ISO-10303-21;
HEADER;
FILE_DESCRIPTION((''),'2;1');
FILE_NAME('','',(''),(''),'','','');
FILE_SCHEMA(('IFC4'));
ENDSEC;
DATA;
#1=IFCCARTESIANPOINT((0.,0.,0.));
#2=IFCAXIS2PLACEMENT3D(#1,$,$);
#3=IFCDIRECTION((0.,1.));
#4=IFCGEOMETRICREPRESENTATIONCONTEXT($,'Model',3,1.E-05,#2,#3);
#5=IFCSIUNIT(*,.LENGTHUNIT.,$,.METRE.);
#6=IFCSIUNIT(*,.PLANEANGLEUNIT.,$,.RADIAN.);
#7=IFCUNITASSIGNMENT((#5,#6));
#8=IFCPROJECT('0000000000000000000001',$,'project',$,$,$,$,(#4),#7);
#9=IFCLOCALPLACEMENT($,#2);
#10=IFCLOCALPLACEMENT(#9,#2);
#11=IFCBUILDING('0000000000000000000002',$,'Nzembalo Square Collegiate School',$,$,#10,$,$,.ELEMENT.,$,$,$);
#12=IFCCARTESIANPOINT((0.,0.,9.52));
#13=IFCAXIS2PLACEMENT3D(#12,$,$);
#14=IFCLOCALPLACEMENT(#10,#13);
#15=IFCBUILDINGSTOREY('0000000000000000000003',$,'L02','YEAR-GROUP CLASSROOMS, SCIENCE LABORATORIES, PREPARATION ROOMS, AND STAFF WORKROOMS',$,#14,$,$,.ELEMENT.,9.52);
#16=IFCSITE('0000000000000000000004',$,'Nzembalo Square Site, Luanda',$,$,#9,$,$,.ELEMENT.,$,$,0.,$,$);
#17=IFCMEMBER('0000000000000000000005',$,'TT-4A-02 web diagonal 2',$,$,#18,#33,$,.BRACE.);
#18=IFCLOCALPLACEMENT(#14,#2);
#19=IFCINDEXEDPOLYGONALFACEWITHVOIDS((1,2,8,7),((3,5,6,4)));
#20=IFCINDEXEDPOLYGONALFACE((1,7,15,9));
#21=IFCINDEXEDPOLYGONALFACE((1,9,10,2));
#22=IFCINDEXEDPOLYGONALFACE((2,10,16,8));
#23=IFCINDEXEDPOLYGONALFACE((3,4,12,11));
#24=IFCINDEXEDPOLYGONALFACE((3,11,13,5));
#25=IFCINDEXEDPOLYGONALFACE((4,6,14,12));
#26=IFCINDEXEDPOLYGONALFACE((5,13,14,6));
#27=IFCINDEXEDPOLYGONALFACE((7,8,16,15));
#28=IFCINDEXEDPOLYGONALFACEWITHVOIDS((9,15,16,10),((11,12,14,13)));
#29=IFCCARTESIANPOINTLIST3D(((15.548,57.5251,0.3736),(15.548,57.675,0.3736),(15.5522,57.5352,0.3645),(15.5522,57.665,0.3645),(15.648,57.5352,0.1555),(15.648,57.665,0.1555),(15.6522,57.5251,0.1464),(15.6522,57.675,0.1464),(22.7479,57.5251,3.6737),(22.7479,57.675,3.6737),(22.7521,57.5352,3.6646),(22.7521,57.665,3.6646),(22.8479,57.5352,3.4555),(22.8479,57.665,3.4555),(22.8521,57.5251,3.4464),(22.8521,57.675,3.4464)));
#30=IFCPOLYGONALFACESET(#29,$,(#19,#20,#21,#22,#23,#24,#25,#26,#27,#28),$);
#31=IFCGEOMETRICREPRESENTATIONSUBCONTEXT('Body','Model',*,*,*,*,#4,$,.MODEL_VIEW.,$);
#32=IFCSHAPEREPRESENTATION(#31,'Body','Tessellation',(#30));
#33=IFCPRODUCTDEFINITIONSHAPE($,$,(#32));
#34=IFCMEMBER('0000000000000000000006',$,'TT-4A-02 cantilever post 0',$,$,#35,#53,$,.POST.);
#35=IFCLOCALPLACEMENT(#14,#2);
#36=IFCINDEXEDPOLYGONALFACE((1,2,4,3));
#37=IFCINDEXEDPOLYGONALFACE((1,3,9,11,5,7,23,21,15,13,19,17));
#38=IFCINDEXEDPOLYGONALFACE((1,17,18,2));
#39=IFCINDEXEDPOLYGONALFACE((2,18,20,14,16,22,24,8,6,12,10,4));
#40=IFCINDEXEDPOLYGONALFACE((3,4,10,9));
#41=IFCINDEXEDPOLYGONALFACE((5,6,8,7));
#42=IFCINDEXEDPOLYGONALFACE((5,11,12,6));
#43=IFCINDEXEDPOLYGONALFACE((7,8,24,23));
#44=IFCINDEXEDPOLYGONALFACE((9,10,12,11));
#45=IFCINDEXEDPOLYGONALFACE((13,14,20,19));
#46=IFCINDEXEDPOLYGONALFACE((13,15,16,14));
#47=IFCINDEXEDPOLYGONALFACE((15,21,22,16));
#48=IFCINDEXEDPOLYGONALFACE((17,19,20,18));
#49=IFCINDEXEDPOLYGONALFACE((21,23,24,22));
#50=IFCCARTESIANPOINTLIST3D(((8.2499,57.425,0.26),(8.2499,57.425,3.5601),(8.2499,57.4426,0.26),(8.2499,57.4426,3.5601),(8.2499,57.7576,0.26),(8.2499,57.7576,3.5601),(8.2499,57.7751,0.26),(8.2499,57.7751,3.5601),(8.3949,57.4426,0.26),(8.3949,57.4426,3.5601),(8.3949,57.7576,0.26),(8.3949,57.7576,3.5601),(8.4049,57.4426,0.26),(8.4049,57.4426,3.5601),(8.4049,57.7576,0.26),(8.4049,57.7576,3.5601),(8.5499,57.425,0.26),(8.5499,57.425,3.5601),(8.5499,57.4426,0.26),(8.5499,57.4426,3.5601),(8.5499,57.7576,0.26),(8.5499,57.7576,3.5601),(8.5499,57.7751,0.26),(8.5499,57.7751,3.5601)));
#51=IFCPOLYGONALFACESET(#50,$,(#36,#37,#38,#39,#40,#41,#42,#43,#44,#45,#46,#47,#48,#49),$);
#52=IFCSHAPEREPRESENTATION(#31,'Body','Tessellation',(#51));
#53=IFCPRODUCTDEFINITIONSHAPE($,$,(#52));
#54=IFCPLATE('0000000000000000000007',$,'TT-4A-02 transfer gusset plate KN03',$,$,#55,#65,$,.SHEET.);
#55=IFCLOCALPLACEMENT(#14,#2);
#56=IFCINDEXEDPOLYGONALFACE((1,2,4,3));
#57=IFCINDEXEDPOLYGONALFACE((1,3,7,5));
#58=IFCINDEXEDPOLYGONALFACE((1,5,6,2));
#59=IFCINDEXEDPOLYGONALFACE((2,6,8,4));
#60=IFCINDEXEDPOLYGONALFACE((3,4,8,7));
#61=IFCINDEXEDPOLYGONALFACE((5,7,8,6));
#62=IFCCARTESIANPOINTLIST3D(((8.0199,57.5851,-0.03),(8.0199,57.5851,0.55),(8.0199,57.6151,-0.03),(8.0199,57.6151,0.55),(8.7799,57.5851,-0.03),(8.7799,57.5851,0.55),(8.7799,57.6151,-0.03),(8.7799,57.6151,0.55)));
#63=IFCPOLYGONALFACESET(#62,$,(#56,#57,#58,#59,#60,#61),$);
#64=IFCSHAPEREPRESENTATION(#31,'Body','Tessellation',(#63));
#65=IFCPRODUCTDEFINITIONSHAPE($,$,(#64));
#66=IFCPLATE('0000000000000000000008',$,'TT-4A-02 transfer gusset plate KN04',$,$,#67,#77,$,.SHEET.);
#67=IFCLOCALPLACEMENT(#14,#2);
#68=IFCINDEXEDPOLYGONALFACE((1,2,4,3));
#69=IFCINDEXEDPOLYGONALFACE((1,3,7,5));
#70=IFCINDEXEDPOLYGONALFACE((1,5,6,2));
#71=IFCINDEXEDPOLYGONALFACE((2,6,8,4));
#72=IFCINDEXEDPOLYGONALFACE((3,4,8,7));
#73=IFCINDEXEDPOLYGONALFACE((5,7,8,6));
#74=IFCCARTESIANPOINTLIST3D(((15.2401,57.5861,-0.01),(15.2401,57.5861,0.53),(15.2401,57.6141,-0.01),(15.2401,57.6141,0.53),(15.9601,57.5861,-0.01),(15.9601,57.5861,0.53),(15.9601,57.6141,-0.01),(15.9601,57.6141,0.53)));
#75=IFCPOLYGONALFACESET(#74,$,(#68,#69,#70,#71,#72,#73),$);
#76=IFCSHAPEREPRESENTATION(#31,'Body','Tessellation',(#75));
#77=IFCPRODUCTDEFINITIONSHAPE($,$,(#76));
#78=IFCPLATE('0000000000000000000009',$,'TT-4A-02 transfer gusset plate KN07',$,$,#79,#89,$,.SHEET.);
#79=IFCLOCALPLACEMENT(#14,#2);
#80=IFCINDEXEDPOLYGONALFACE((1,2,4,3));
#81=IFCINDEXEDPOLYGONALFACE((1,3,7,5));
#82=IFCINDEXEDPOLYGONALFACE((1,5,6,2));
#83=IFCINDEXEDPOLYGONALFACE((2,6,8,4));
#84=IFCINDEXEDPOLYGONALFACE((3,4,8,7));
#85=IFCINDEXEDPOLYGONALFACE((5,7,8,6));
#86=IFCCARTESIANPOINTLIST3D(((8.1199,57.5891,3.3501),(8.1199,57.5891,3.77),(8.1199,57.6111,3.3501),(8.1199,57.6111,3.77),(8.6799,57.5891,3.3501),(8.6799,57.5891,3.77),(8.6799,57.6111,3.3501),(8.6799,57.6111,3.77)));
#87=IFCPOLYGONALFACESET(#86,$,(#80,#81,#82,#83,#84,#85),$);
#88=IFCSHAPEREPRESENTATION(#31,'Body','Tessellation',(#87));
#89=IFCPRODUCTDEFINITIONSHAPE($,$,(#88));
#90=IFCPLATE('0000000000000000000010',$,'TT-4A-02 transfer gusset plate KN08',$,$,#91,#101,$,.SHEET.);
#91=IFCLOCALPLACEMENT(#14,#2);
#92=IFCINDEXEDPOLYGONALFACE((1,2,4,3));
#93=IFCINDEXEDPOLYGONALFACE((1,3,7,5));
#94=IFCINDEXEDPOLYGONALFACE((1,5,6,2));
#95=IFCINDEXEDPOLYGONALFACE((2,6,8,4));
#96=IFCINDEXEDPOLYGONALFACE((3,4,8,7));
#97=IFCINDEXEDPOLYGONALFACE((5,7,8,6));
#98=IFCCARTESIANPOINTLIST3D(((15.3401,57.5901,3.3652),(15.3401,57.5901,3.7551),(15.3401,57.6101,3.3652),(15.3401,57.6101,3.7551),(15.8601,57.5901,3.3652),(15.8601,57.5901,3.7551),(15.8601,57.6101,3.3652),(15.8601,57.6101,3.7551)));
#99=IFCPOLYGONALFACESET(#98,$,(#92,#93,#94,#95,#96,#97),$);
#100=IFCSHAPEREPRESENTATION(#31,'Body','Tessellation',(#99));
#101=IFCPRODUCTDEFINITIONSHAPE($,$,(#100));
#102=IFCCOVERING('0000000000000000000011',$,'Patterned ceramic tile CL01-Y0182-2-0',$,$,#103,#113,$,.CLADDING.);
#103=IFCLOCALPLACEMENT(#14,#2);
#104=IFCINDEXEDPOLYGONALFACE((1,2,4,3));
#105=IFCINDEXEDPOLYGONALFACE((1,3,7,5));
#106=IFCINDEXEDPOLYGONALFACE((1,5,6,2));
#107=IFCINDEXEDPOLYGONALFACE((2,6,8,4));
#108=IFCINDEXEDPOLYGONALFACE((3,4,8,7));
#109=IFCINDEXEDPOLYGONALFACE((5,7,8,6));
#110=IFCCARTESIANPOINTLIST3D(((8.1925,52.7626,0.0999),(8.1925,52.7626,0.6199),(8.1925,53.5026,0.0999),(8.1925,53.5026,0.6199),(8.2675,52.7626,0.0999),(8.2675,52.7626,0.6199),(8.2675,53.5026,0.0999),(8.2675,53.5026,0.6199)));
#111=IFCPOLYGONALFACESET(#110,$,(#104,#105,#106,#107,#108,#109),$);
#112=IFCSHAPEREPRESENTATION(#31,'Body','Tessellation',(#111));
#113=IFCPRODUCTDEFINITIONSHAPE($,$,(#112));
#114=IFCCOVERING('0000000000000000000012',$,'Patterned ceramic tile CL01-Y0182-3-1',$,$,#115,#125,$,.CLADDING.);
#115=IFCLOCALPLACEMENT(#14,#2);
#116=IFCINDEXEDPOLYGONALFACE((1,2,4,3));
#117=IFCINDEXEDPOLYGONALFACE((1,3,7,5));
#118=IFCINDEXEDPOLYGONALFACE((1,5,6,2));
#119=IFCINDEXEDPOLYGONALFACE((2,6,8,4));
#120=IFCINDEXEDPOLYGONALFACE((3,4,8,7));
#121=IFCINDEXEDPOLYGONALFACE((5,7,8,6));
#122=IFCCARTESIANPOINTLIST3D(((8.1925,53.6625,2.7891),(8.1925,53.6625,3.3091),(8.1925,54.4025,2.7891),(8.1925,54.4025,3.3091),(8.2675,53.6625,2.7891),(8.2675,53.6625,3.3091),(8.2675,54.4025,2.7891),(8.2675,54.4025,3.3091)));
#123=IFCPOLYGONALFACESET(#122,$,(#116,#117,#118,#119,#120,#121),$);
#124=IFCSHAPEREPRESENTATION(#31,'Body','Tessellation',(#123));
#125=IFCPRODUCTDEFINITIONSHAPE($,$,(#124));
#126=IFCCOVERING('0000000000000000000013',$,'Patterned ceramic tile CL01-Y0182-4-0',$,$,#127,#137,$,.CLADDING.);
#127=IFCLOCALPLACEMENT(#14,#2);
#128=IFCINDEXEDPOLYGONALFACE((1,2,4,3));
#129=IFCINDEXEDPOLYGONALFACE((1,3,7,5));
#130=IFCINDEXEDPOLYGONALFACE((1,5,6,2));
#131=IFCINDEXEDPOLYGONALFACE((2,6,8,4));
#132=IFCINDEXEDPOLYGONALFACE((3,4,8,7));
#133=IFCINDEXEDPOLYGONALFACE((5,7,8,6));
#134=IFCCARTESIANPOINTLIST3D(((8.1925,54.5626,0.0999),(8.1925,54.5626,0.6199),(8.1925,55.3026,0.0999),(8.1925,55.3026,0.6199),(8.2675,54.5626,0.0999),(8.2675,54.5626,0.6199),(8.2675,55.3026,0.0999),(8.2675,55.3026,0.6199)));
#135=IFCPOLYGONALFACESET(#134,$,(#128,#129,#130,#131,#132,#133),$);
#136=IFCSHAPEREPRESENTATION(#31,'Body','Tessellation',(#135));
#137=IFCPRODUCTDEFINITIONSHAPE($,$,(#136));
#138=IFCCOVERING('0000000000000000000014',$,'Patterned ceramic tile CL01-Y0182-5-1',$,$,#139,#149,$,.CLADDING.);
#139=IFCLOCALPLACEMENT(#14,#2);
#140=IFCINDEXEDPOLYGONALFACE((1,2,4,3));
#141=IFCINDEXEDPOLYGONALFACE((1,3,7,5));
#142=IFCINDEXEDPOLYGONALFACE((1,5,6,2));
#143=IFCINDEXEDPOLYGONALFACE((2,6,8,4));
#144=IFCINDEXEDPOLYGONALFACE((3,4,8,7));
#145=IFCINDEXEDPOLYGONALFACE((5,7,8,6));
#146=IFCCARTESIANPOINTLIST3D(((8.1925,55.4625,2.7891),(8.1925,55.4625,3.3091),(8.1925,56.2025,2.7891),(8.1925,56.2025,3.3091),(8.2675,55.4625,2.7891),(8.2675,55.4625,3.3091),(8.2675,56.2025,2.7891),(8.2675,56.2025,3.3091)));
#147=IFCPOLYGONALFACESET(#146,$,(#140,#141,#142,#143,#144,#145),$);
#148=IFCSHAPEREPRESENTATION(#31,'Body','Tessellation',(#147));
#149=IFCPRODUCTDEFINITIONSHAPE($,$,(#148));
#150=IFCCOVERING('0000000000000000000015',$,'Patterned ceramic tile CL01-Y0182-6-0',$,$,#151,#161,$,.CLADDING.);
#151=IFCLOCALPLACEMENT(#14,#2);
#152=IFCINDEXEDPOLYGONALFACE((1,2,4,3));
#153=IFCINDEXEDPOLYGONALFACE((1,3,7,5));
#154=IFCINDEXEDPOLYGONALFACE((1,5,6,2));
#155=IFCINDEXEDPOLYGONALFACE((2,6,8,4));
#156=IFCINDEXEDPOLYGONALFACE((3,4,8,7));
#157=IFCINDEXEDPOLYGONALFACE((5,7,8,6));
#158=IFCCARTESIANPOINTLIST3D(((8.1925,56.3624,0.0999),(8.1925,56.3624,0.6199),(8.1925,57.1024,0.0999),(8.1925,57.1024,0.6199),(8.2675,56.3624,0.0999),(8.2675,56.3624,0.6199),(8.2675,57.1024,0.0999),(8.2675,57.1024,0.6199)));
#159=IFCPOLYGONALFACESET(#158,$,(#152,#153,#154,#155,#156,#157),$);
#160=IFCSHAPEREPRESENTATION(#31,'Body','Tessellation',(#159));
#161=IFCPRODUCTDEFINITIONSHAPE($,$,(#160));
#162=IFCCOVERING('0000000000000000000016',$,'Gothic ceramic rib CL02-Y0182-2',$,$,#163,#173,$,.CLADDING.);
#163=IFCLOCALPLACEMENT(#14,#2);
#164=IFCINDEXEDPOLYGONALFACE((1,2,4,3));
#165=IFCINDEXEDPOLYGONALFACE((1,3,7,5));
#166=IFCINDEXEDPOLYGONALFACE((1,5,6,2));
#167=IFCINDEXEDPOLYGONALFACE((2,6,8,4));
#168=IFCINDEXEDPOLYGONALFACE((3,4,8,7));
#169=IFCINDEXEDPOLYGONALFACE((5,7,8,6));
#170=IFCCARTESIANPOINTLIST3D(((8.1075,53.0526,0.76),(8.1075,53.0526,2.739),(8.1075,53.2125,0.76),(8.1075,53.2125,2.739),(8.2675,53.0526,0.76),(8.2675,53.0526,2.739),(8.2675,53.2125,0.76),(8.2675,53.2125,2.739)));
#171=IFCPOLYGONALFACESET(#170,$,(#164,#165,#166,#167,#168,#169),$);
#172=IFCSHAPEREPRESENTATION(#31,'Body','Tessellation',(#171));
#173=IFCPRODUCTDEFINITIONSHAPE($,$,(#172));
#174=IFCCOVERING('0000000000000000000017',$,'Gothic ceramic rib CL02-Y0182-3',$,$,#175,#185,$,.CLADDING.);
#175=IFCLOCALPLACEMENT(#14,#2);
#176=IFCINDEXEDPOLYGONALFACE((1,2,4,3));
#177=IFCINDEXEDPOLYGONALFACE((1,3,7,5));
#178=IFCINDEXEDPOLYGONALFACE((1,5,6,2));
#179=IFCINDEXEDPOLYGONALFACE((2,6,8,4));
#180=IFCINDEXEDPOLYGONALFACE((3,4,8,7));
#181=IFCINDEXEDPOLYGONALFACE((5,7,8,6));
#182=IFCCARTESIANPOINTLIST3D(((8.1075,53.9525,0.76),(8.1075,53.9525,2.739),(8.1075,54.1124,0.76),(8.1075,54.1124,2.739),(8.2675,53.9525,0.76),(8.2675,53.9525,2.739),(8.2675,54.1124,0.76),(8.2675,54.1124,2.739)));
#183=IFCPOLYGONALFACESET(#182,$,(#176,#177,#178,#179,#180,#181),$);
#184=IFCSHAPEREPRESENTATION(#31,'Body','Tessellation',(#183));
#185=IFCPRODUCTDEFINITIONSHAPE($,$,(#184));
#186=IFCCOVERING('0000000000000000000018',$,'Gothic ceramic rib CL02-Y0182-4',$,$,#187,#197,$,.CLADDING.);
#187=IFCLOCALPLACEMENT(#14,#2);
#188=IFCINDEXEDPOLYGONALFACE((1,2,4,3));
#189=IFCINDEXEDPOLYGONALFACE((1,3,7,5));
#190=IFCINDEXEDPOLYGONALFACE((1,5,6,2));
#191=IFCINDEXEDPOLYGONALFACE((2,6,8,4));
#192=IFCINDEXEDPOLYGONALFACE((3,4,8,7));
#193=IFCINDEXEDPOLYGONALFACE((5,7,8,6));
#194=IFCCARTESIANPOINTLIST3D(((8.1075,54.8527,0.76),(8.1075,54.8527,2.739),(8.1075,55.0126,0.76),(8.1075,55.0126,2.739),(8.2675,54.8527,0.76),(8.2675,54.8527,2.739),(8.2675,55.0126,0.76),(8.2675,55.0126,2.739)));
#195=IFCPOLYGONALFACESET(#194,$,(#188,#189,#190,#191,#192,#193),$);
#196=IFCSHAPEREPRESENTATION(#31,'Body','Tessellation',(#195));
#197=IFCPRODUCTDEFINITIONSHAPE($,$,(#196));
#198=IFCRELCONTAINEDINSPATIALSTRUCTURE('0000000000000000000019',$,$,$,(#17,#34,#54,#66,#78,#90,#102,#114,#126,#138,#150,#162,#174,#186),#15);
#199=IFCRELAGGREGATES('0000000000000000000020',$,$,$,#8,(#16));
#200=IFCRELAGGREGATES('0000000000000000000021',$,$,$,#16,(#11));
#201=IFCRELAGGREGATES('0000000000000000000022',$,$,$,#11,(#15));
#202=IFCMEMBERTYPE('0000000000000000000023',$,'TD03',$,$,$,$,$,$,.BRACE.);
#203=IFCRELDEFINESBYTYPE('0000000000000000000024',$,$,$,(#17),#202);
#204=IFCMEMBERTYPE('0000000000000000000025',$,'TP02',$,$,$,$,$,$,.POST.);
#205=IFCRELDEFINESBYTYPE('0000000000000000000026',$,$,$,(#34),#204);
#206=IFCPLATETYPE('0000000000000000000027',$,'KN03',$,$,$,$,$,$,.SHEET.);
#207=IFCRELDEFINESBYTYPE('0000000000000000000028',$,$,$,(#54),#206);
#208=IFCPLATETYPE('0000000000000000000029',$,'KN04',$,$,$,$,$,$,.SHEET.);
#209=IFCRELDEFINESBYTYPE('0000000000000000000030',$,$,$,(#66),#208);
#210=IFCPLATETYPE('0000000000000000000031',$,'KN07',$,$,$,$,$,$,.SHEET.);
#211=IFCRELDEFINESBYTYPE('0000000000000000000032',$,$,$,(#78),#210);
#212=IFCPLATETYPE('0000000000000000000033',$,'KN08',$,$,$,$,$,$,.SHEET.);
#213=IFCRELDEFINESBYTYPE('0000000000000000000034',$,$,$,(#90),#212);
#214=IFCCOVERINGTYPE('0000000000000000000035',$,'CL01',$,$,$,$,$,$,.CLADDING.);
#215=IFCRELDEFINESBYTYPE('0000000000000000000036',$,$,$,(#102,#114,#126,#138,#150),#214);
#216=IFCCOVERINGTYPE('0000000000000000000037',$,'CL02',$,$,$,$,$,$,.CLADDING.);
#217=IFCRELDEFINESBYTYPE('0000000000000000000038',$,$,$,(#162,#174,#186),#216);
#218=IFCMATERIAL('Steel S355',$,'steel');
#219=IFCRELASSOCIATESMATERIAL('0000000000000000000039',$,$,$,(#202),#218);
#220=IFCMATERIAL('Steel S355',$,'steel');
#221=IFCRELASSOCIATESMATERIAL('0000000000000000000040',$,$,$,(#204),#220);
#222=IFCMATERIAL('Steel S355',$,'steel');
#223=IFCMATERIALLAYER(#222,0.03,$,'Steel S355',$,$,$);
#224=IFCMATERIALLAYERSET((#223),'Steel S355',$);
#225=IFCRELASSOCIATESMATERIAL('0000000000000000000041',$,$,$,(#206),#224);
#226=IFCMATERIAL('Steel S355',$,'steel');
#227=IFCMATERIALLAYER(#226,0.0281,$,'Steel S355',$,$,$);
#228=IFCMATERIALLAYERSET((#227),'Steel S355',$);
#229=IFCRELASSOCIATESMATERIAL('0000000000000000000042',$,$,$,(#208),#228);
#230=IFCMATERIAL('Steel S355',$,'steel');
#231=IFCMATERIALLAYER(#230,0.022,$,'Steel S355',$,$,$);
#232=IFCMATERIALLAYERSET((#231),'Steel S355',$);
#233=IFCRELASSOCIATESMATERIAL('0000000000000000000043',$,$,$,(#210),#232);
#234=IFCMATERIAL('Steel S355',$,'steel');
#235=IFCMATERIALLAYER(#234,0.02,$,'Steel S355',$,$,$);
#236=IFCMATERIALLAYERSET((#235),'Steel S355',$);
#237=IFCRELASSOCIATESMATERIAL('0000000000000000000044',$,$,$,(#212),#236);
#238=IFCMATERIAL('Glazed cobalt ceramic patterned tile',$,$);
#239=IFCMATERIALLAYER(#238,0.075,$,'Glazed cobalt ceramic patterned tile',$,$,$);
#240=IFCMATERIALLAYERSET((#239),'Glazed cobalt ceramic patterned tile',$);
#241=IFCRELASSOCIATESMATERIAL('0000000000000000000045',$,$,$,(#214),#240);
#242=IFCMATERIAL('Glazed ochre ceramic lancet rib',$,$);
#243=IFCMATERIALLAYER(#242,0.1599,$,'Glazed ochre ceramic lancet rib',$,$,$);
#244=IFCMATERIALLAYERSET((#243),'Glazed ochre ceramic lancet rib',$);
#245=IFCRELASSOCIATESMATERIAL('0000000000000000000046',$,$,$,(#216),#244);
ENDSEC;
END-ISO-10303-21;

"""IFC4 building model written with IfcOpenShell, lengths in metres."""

from ifc_helpers import new_model, si_unit, direction, frame, origin, origin_2d, place, context, subcontext, project, spatial, rectangle, hollow_rectangle, i_section, extrude, material, layer, layer_set, material_profile, profile_set, type_object, element, save


model = new_model("IFC4")

# Units and contexts
model_context = context("Model", 3, precision=1e-05, world=origin(), true_north=direction((0.0, 1.0)))
body_context = subcontext(model_context, "Body", "Model", "MODEL_VIEW")
ifc_project = project(units=[si_unit("LENGTHUNIT", "METRE"), si_unit("PLANEANGLEUNIT", "RADIAN")], contexts=[model_context])

# Site, building, storey
site_placement = place(None, origin())
site = spatial("IfcSite", under=ifc_project, at=site_placement, Name="Nzembalo Square Site, Luanda", CompositionType="ELEMENT", RefElevation=0.0)
building_placement = place(site_placement, origin())
building = spatial("IfcBuilding", under=site, at=building_placement, Name="Nzembalo Square Collegiate School", CompositionType="ELEMENT")
storey_placement = place(building_placement, frame((0.0, 0.0, 9.52)))
storey = spatial("IfcBuildingStorey", under=building, at=storey_placement, Name="L02", Description="YEAR-GROUP CLASSROOMS, SCIENCE LABORATORIES, PREPARATION ROOMS, AND STAFF WORKROOMS", CompositionType="ELEMENT", Elevation=9.52)

# Members
ifc_material_1 = material(Name="Steel S355", Category="steel")
ifc_material_profile_1 = material_profile(ifc_material_1, hollow_rectangle(XDim=0.1499, YDim=0.25, WallThickness=0.01, at=origin_2d()), Name="RHS 250x150x10")
ifc_profile_set_1 = profile_set([ifc_material_profile_1], Name="Steel S355")
member_type_1 = type_object("IfcMemberType", Name="TD03", PredefinedType="BRACE", material=ifc_profile_set_1)
member_1_placement = place(storey_placement, frame((15.6001, 57.6001, 0.26), z_axis=(0.909061, 0.0, 0.416662), x_axis=(0.0, 1.0, 0.0)))
element("IfcMember", 1, at=member_1_placement, inside=storey, type_object=member_type_1, Name="TT-4A-02 web diagonal 2", PredefinedType="BRACE", context=body_context, shape_type="SweptSolid", body=[
    extrude(hollow_rectangle(XDim=0.1499, YDim=0.25, WallThickness=0.01, at=origin_2d()), origin(), (0.0, 0.0, 1.0), 7.9202),
])
ifc_material_2 = material(Name="Steel S355", Category="steel")
ifc_material_profile_2 = material_profile(ifc_material_2, i_section(OverallWidth=0.3, OverallDepth=0.3501, WebThickness=0.01, FlangeThickness=0.0176, at=origin_2d()), Name="HEA 360")
ifc_profile_set_2 = profile_set([ifc_material_profile_2], Name="Steel S355")
member_type_2 = type_object("IfcMemberType", Name="TP02", PredefinedType="POST", material=ifc_profile_set_2)
member_2_placement = place(storey_placement, frame((8.3999, 57.6001, 0.26), z_axis=(0.0, 0.0, 1.0), x_axis=(1.0, 0.0, 0.0)))
element("IfcMember", 2, at=member_2_placement, inside=storey, type_object=member_type_2, Name="TT-4A-02 cantilever post 0", PredefinedType="POST", context=body_context, shape_type="SweptSolid", body=[
    extrude(i_section(OverallWidth=0.3, OverallDepth=0.3501, WebThickness=0.01, FlangeThickness=0.0176, at=origin_2d()), origin(), (0.0, 0.0, 1.0), 3.3),
])

# Plates
ifc_material_3 = material(Name="Steel S355", Category="steel")
ifc_layer_1 = layer(ifc_material_3, 0.03, Name="Steel S355")
ifc_layer_set_1 = layer_set([ifc_layer_1], Name="Steel S355")
plate_type_1 = type_object("IfcPlateType", Name="KN03", PredefinedType="SHEET", material=ifc_layer_set_1)
plate_1_placement = place(storey_placement, frame((8.3999, 57.6001, -0.03), z_axis=(0.0, 0.0, 1.0), x_axis=(1.0, 0.0, 0.0)))
element("IfcPlate", 3, at=plate_1_placement, inside=storey, type_object=plate_type_1, Name="TT-4A-02 transfer gusset plate KN03", PredefinedType="SHEET", context=body_context, shape_type="SweptSolid", body=[
    extrude(rectangle(XDim=0.76, YDim=0.03, at=origin_2d()), origin(), (0.0, 0.0, 1.0), 0.5801),
])
ifc_material_4 = material(Name="Steel S355", Category="steel")
ifc_layer_2 = layer(ifc_material_4, 0.0281, Name="Steel S355")
ifc_layer_set_2 = layer_set([ifc_layer_2], Name="Steel S355")
plate_type_2 = type_object("IfcPlateType", Name="KN04", PredefinedType="SHEET", material=ifc_layer_set_2)
plate_2_placement = place(storey_placement, frame((15.6001, 57.6001, -0.01), z_axis=(0.0, 0.0, 1.0), x_axis=(1.0, 0.0, 0.0)))
element("IfcPlate", 4, at=plate_2_placement, inside=storey, type_object=plate_type_2, Name="TT-4A-02 transfer gusset plate KN04", PredefinedType="SHEET", context=body_context, shape_type="SweptSolid", body=[
    extrude(rectangle(XDim=0.72, YDim=0.0281, at=origin_2d()), origin(), (0.0, 0.0, 1.0), 0.54),
])
ifc_material_5 = material(Name="Steel S355", Category="steel")
ifc_layer_3 = layer(ifc_material_5, 0.022, Name="Steel S355")
ifc_layer_set_3 = layer_set([ifc_layer_3], Name="Steel S355")
plate_type_3 = type_object("IfcPlateType", Name="KN07", PredefinedType="SHEET", material=ifc_layer_set_3)
plate_3_placement = place(storey_placement, frame((8.3999, 57.6001, 3.3501), z_axis=(0.0, 0.0, 1.0), x_axis=(1.0, 0.0, 0.0)))
element("IfcPlate", 5, at=plate_3_placement, inside=storey, type_object=plate_type_3, Name="TT-4A-02 transfer gusset plate KN07", PredefinedType="SHEET", context=body_context, shape_type="SweptSolid", body=[
    extrude(rectangle(XDim=0.5601, YDim=0.022, at=origin_2d()), origin(), (0.0, 0.0, 1.0), 0.4199),
])
ifc_material_6 = material(Name="Steel S355", Category="steel")
ifc_layer_4 = layer(ifc_material_6, 0.02, Name="Steel S355")
ifc_layer_set_4 = layer_set([ifc_layer_4], Name="Steel S355")
plate_type_4 = type_object("IfcPlateType", Name="KN08", PredefinedType="SHEET", material=ifc_layer_set_4)
plate_4_placement = place(storey_placement, frame((15.6001, 57.6001, 3.3652), z_axis=(0.0, 0.0, 1.0), x_axis=(1.0, 0.0, 0.0)))
element("IfcPlate", 6, at=plate_4_placement, inside=storey, type_object=plate_type_4, Name="TT-4A-02 transfer gusset plate KN08", PredefinedType="SHEET", context=body_context, shape_type="SweptSolid", body=[
    extrude(rectangle(XDim=0.52, YDim=0.02, at=origin_2d()), origin(), (0.0, 0.0, 1.0), 0.3899),
])

# Coverings
ifc_material_7 = material(Name="Glazed cobalt ceramic patterned tile")
ifc_layer_5 = layer(ifc_material_7, 0.075, Name="Glazed cobalt ceramic patterned tile")
ifc_layer_set_5 = layer_set([ifc_layer_5], Name="Glazed cobalt ceramic patterned tile")
covering_type_1 = type_object("IfcCoveringType", Name="CL01", PredefinedType="CLADDING", material=ifc_layer_set_5)
for number, where, z_axis, x_axis, name in (
    (7, (8.23, 53.1326, 0.0999), (0.0, 0.0, 1.0), (1.0, 0.0, 0.0), "Patterned ceramic tile CL01-Y0182-2-0"),
    (8, (8.23, 54.0325, 2.7891), (0.0, 0.0, 1.0), (1.0, 0.0, 0.0), "Patterned ceramic tile CL01-Y0182-3-1"),
    (9, (8.23, 54.9326, 0.0999), (0.0, 0.0, 1.0), (1.0, 0.0, 0.0), "Patterned ceramic tile CL01-Y0182-4-0"),
    (10, (8.23, 55.8325, 2.7891), (0.0, 0.0, 1.0), (1.0, 0.0, 0.0), "Patterned ceramic tile CL01-Y0182-5-1"),
    (11, (8.23, 56.7324, 0.0999), (0.0, 0.0, 1.0), (1.0, 0.0, 0.0), "Patterned ceramic tile CL01-Y0182-6-0"),
):
    element("IfcCovering", number, at=place(storey_placement, frame(where, z_axis=z_axis, x_axis=x_axis)), inside=storey, type_object=covering_type_1, Name=name, PredefinedType="CLADDING", context=body_context, shape_type="SweptSolid", body=[
        extrude(rectangle(XDim=0.075, YDim=0.74, at=origin_2d()), origin(), (0.0, 0.0, 1.0), 0.52),
    ])
ifc_material_8 = material(Name="Glazed ochre ceramic lancet rib")
ifc_layer_6 = layer(ifc_material_8, 0.1599, Name="Glazed ochre ceramic lancet rib")
ifc_layer_set_6 = layer_set([ifc_layer_6], Name="Glazed ochre ceramic lancet rib")
covering_type_2 = type_object("IfcCoveringType", Name="CL02", PredefinedType="CLADDING", material=ifc_layer_set_6)
for number, where, z_axis, x_axis, name in (
    (12, (8.1875, 53.1326, 0.76), (0.0, 0.0, 1.0), (1.0, 0.0, 0.0), "Gothic ceramic rib CL02-Y0182-2"),
    (13, (8.1875, 54.0325, 0.76), (0.0, 0.0, 1.0), (1.0, 0.0, 0.0), "Gothic ceramic rib CL02-Y0182-3"),
    (14, (8.1875, 54.9326, 0.76), (0.0, 0.0, 1.0), (1.0, 0.0, 0.0), "Gothic ceramic rib CL02-Y0182-4"),
):
    element("IfcCovering", number, at=place(storey_placement, frame(where, z_axis=z_axis, x_axis=x_axis)), inside=storey, type_object=covering_type_2, Name=name, PredefinedType="CLADDING", context=body_context, shape_type="SweptSolid", body=[
        extrude(rectangle(XDim=0.1599, YDim=0.1599, at=origin_2d()), origin(), (0.0, 0.0, 1.0), 1.979),
    ])

save(model, "model.ifc")
